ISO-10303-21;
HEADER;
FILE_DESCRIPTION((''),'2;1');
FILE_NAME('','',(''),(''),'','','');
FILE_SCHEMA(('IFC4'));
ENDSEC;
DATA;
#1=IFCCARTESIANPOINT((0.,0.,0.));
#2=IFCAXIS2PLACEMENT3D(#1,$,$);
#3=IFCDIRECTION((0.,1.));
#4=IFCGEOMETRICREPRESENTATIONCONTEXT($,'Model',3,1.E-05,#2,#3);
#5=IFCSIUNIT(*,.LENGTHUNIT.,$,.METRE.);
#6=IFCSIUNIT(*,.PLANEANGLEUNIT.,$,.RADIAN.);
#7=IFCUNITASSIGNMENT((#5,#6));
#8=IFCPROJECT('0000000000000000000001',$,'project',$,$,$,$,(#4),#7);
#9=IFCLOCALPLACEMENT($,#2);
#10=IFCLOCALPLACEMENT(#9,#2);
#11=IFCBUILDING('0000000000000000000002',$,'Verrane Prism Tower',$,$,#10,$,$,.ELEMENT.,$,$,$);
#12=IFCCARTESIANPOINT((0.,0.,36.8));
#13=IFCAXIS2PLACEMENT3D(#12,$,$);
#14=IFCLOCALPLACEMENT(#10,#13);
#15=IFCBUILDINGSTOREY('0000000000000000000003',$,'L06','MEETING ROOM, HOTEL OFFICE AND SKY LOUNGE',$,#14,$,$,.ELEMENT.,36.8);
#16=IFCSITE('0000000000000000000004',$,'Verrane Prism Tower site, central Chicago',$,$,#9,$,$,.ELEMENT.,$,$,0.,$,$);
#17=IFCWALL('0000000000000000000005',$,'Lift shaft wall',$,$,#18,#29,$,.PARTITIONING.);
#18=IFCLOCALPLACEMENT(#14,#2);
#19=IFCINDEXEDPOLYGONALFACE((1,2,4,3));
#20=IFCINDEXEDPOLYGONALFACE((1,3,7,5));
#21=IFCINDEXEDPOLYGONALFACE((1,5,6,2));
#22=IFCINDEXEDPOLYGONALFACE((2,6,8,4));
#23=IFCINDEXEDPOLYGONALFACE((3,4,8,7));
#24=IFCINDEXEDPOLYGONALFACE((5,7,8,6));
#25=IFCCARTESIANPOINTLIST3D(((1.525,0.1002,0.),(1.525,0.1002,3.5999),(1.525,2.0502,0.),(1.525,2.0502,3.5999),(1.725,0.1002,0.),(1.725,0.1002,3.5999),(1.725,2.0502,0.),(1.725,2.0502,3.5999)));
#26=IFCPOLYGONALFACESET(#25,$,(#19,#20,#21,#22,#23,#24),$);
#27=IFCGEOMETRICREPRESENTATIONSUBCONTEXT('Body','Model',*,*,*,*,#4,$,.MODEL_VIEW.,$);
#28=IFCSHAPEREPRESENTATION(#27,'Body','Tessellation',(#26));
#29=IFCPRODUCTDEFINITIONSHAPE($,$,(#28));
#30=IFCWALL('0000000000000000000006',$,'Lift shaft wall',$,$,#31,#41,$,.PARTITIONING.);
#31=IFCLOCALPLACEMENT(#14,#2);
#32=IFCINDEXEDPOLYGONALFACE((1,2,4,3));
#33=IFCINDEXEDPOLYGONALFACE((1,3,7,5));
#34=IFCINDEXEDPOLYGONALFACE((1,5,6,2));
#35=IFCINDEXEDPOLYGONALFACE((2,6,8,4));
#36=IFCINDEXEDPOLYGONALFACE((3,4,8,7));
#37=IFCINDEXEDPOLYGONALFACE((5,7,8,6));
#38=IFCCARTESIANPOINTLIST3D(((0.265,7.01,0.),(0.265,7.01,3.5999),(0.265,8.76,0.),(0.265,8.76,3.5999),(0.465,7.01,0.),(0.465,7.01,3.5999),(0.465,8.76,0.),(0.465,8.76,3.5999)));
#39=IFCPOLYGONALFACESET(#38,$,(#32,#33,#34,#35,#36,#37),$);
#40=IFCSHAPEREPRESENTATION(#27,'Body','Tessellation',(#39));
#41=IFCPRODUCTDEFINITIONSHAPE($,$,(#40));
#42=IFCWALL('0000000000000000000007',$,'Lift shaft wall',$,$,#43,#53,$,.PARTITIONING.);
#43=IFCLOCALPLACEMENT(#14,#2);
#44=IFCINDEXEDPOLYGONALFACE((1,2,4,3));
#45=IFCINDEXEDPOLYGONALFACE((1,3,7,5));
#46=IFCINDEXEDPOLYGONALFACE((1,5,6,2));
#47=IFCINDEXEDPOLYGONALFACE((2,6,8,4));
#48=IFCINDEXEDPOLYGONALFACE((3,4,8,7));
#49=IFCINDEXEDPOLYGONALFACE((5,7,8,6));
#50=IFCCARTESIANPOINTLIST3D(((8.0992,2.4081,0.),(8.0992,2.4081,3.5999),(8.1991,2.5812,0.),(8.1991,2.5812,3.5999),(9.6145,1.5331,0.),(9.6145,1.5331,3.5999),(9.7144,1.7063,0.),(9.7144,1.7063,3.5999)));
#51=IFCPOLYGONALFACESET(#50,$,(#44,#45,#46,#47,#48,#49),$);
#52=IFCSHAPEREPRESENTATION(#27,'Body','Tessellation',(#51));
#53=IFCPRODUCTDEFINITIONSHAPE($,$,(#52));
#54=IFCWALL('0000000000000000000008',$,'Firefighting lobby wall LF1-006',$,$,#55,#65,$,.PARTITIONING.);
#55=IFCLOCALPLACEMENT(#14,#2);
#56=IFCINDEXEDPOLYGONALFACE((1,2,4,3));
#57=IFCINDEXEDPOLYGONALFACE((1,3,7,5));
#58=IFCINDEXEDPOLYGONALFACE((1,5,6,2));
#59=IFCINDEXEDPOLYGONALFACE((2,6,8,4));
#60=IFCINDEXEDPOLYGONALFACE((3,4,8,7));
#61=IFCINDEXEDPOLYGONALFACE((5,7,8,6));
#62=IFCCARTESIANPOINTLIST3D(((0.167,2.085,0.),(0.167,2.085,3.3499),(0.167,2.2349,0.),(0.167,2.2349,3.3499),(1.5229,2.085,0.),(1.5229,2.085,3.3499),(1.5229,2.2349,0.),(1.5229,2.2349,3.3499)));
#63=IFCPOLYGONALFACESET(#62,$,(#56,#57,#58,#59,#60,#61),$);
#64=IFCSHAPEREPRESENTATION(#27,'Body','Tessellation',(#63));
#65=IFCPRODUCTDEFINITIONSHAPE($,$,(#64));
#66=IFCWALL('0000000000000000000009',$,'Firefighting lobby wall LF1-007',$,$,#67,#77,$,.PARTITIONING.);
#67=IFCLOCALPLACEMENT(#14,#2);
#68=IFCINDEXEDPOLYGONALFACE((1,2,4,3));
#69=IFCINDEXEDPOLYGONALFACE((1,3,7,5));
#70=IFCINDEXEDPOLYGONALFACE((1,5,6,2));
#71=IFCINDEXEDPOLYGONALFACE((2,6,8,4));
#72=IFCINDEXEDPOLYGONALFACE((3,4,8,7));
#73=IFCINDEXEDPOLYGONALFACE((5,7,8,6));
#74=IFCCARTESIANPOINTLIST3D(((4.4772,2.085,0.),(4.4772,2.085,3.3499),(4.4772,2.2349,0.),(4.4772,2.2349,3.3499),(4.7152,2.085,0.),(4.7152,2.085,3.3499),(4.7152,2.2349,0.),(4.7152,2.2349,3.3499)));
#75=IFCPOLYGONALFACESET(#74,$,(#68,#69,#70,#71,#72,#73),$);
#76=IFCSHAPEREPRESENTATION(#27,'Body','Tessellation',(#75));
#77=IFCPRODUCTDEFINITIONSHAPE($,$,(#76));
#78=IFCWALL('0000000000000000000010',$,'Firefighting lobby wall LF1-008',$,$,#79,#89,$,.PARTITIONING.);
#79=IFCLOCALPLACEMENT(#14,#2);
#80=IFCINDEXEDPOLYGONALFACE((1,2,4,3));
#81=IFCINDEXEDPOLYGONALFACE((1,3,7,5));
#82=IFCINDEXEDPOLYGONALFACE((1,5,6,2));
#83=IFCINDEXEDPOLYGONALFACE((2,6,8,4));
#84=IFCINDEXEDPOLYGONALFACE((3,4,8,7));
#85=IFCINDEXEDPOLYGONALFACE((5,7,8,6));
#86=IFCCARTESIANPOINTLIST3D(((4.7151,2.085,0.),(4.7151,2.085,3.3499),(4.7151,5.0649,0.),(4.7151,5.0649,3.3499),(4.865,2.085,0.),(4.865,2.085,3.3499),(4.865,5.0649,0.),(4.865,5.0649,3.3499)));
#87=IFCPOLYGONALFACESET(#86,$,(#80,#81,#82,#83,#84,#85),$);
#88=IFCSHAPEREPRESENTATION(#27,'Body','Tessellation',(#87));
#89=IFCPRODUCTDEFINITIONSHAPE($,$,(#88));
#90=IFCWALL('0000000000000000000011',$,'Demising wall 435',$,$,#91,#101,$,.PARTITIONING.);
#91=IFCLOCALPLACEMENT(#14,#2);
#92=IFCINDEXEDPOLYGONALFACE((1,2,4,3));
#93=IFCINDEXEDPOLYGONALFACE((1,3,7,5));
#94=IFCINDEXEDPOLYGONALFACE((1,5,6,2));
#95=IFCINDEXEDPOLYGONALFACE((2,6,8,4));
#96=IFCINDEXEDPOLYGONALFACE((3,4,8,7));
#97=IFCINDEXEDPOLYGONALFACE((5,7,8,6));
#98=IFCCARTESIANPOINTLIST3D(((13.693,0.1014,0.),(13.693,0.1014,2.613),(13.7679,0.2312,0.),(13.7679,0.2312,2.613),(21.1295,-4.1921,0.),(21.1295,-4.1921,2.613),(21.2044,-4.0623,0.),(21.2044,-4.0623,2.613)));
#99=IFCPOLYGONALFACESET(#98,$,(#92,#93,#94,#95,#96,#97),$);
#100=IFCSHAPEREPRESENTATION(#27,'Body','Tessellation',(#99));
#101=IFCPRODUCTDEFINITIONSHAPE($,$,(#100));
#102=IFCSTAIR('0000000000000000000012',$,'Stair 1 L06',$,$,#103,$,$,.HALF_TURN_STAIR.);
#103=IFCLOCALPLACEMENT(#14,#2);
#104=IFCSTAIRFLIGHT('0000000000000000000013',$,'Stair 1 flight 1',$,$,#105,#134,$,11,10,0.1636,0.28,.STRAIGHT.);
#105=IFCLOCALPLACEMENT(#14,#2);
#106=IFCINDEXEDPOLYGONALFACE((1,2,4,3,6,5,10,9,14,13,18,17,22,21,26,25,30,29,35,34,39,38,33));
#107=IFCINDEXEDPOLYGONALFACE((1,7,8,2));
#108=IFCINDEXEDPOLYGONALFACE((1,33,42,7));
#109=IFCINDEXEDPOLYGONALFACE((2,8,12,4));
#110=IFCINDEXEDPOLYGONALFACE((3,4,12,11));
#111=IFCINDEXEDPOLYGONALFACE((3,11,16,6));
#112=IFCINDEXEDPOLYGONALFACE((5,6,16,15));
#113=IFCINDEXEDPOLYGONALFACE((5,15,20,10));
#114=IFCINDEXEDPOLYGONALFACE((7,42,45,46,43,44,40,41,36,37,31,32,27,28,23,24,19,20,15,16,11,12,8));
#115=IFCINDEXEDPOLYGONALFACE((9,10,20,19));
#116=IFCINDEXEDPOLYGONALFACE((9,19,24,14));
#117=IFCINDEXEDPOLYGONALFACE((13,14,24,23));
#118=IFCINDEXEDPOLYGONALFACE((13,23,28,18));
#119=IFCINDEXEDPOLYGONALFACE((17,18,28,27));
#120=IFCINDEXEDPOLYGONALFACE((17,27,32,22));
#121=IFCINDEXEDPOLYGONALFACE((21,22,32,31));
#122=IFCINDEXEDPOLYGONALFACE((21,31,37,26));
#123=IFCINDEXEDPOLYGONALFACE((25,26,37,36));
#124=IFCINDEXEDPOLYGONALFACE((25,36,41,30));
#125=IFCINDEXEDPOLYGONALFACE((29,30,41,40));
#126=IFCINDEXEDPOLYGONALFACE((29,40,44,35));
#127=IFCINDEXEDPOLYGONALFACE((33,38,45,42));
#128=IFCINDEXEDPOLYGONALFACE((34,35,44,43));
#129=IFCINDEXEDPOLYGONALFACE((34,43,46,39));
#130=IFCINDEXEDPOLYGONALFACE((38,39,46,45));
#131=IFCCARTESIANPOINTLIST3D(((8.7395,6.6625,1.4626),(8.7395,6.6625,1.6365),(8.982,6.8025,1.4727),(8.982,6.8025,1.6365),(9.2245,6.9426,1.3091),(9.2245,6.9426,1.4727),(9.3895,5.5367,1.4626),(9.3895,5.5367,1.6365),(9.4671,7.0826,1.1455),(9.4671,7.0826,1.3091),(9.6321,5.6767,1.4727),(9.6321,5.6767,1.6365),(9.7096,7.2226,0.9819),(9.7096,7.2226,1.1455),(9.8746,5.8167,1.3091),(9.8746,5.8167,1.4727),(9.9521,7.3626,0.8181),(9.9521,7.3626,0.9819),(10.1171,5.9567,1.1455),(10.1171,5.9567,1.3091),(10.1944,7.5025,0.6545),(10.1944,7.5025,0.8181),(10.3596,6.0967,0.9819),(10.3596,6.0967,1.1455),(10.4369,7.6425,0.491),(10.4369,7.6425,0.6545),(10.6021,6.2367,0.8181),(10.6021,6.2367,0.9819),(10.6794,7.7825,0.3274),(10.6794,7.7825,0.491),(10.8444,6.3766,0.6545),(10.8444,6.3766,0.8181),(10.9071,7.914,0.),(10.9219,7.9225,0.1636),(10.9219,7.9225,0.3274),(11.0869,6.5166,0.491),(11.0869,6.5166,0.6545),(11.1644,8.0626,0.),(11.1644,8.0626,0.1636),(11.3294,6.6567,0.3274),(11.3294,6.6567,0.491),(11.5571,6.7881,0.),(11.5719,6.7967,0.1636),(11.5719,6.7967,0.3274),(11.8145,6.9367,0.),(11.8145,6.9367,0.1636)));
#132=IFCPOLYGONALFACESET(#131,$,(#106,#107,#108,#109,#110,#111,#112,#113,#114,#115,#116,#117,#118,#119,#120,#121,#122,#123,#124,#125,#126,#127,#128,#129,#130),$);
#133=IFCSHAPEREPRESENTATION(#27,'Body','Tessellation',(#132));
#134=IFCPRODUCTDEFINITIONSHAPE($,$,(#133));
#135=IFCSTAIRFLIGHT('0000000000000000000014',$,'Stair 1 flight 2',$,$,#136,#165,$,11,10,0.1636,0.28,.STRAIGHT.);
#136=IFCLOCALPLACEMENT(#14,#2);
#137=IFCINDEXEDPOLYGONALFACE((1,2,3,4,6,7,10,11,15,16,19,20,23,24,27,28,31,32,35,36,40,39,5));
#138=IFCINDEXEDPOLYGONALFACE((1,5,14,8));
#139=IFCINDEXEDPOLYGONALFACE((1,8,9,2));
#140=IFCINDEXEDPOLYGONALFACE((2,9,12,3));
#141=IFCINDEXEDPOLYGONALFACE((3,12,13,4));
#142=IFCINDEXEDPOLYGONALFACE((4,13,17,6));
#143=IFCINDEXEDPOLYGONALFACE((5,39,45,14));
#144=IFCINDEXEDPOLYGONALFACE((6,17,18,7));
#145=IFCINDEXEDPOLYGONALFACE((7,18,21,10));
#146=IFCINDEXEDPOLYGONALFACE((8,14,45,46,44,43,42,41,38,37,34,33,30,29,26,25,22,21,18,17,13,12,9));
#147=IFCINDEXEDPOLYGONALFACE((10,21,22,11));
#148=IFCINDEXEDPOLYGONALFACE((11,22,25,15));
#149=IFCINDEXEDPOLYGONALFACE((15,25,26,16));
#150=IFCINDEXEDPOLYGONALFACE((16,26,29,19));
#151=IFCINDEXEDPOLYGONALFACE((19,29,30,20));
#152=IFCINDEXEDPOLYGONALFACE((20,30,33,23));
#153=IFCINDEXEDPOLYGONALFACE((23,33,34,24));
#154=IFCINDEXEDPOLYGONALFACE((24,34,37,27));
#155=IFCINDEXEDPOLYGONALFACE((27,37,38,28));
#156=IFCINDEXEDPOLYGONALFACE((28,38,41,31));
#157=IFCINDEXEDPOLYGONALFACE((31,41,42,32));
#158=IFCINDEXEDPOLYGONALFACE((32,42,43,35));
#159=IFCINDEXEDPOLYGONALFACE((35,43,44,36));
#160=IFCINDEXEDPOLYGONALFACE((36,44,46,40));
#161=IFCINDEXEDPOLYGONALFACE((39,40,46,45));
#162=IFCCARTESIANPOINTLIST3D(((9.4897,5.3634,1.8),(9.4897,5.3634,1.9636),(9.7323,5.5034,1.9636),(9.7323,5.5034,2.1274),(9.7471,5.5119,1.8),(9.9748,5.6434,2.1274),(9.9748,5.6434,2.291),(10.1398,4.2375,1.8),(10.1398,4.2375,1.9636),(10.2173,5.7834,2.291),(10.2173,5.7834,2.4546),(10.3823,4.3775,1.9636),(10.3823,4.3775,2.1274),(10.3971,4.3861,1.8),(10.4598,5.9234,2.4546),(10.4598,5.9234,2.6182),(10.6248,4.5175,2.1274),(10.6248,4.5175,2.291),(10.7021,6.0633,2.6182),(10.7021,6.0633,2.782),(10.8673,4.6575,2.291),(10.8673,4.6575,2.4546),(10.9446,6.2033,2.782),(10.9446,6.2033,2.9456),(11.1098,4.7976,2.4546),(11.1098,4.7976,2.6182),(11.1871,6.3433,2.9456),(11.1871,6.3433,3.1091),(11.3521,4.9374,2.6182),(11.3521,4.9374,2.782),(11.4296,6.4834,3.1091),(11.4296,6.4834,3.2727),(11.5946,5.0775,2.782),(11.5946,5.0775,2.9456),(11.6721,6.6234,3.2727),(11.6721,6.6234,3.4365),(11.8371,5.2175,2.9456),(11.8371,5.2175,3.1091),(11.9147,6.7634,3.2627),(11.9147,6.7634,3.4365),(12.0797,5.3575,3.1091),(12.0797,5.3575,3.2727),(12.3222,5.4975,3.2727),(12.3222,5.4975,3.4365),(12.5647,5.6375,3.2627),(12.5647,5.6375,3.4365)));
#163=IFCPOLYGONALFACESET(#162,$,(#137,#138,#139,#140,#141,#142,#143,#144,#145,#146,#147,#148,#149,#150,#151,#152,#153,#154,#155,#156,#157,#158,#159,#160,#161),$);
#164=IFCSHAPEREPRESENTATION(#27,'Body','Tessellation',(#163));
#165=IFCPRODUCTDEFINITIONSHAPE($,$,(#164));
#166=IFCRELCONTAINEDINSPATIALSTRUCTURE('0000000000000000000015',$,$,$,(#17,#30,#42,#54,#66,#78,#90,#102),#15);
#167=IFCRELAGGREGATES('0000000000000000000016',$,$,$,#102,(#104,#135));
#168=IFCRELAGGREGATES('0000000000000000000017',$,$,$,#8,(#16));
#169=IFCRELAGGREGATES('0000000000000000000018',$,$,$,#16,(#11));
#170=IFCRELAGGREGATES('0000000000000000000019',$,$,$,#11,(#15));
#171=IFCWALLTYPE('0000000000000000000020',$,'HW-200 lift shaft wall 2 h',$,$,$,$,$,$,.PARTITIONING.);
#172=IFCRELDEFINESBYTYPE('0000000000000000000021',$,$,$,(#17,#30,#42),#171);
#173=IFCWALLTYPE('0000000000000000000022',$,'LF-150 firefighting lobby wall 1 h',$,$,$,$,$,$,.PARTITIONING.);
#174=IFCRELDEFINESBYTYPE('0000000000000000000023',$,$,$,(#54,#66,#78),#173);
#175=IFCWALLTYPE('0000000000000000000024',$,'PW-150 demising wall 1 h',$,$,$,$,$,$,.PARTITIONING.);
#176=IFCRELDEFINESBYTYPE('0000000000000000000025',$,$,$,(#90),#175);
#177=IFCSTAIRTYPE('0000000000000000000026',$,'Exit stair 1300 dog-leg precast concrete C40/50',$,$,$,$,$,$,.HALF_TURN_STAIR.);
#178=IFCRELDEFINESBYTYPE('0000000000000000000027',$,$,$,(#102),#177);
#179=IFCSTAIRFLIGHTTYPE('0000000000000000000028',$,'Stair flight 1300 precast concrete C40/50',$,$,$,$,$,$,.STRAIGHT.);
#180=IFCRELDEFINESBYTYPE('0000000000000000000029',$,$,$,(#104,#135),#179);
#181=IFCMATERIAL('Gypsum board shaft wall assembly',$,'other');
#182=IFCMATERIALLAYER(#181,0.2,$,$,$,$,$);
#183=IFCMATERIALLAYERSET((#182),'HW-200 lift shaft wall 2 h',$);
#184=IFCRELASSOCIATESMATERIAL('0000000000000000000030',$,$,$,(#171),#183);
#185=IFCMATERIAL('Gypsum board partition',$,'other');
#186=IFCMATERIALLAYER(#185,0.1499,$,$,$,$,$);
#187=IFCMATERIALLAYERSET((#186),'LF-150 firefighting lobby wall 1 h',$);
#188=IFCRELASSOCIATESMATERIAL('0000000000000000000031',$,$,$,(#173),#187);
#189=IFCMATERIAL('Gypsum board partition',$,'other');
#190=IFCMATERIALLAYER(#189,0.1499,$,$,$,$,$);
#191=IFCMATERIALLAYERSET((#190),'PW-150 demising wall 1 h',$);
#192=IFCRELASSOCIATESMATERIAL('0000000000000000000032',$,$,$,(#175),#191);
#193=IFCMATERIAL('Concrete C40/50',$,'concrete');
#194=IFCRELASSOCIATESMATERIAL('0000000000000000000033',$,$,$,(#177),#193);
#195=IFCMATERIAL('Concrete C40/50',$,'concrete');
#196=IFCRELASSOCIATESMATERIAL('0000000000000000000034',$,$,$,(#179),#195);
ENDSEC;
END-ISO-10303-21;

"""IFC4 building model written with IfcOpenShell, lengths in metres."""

from ifc_helpers import new_model, si_unit, direction, frame, frame_2d, origin, place, context, subcontext, project, spatial, polyline, rectangle, outline, extrude, material, layer, layer_set, type_object, element, aggregate, save


model = new_model("IFC4")

# Units and contexts
model_context = context("Model", 3, precision=1e-05, world=origin(), true_north=direction((0.0, 1.0)))
body_context = subcontext(model_context, "Body", "Model", "MODEL_VIEW")
ifc_project = project(units=[si_unit("LENGTHUNIT", "METRE"), si_unit("PLANEANGLEUNIT", "RADIAN")], contexts=[model_context])

# Site, building, storey
site_placement = place(None, origin())
site = spatial("IfcSite", under=ifc_project, at=site_placement, Name="Verrane Prism Tower site, central Chicago", CompositionType="ELEMENT", RefElevation=0.0)
building_placement = place(site_placement, origin())
building = spatial("IfcBuilding", under=site, at=building_placement, Name="Verrane Prism Tower", CompositionType="ELEMENT")
storey_placement = place(building_placement, frame((0.0, 0.0, 36.8)))
storey = spatial("IfcBuildingStorey", under=building, at=storey_placement, Name="L06", Description="MEETING ROOM, HOTEL OFFICE AND SKY LOUNGE", CompositionType="ELEMENT", Elevation=36.8)

# Shared definitions
ifc_material_1 = material(Name="Gypsum board shaft wall assembly", Category="other")
ifc_layer_1 = layer(ifc_material_1, 0.2)
ifc_layer_set_1 = layer_set([ifc_layer_1], Name="HW-200 lift shaft wall 2 h")
wall_type_1 = type_object("IfcWallType", Name="HW-200 lift shaft wall 2 h", PredefinedType="PARTITIONING", material=ifc_layer_set_1)

# Walls
wall_1_placement = place(storey_placement, frame((1.625, 0.1001, 0.0), z_axis=(0.0, 0.0, 1.0), x_axis=(0.0, 1.0, 0.0)))
element("IfcWall", 1, at=wall_1_placement, inside=storey, type_object=wall_type_1, Name="Lift shaft wall", PredefinedType="PARTITIONING", context=body_context, shape_type="SweptSolid", body=[
    extrude(rectangle(XDim=1.95, YDim=0.2, at=frame_2d((0.9751, 0.0))), origin(), (0.0, 0.0, 1.0), 3.5999),
])
wall_2_placement = place(storey_placement, frame((0.365, 7.01, 0.0), z_axis=(0.0, 0.0, 1.0), x_axis=(0.0, 1.0, 0.0)))
element("IfcWall", 2, at=wall_2_placement, inside=storey, type_object=wall_type_1, Name="Lift shaft wall", PredefinedType="PARTITIONING", context=body_context, shape_type="SweptSolid", body=[
    extrude(rectangle(XDim=1.75, YDim=0.2, at=frame_2d((0.875, 0.0))), origin(), (0.0, 0.0, 1.0), 3.5999),
])
wall_3_placement = place(storey_placement, frame((9.6646, 1.6196, 0.0), z_axis=(0.0, 0.0, 1.0), x_axis=(-0.866002, 0.50004, 0.0)))
element("IfcWall", 3, at=wall_3_placement, inside=storey, type_object=wall_type_1, Name="Lift shaft wall", PredefinedType="PARTITIONING", context=body_context, shape_type="SweptSolid", body=[
    extrude(rectangle(XDim=1.7498, YDim=0.2, at=frame_2d((0.875, 0.0))), origin(), (0.0, 0.0, 1.0), 3.5999),
])
ifc_material_2 = material(Name="Gypsum board partition", Category="other")
ifc_layer_2 = layer(ifc_material_2, 0.1499)
ifc_layer_set_2 = layer_set([ifc_layer_2], Name="LF-150 firefighting lobby wall 1 h")
wall_type_2 = type_object("IfcWallType", Name="LF-150 firefighting lobby wall 1 h", PredefinedType="PARTITIONING", material=ifc_layer_set_2)
wall_4_placement = place(storey_placement, frame((0.167, 2.1599, 0.0), z_axis=(0.0, 0.0, 1.0), x_axis=(1.0, 0.0, 0.0)))
element("IfcWall", 4, at=wall_4_placement, inside=storey, type_object=wall_type_2, Name="Firefighting lobby wall LF1-006", PredefinedType="PARTITIONING", context=body_context, shape_type="SweptSolid", body=[
    extrude(rectangle(XDim=1.356, YDim=0.1499, at=frame_2d((0.678, 0.0))), origin(), (0.0, 0.0, 1.0), 3.3499),
])
wall_5_placement = place(storey_placement, frame((4.4771, 2.1599, 0.0), z_axis=(0.0, 0.0, 1.0), x_axis=(1.0, 0.0, 0.0)))
element("IfcWall", 5, at=wall_5_placement, inside=storey, type_object=wall_type_2, Name="Firefighting lobby wall LF1-007", PredefinedType="PARTITIONING", context=body_context, shape_type="SweptSolid", body=[
    extrude(rectangle(XDim=0.238, YDim=0.1499, at=frame_2d((0.1191, 0.0))), origin(), (0.0, 0.0, 1.0), 3.3499),
])
wall_6_placement = place(storey_placement, frame((4.79, 2.085, 0.0), z_axis=(0.0, 0.0, 1.0), x_axis=(0.0, 1.0, 0.0)))
element("IfcWall", 6, at=wall_6_placement, inside=storey, type_object=wall_type_2, Name="Firefighting lobby wall LF1-008", PredefinedType="PARTITIONING", context=body_context, shape_type="SweptSolid", body=[
    extrude(rectangle(XDim=2.98, YDim=0.1499, at=frame_2d((1.49, 0.0))), origin(), (0.0, 0.0, 1.0), 3.3499),
])
ifc_material_3 = material(Name="Gypsum board partition", Category="other")
ifc_layer_3 = layer(ifc_material_3, 0.1499)
ifc_layer_set_3 = layer_set([ifc_layer_3], Name="PW-150 demising wall 1 h")
wall_type_3 = type_object("IfcWallType", Name="PW-150 demising wall 1 h", PredefinedType="PARTITIONING", material=ifc_layer_set_3)
wall_7_placement = place(storey_placement, frame((13.7305, 0.1663, 0.0), z_axis=(0.0, 0.0, 1.0), x_axis=(0.866027, -0.499998, 0.0)))
element("IfcWall", 7, at=wall_7_placement, inside=storey, type_object=wall_type_3, Name="Demising wall 435", PredefinedType="PARTITIONING", context=body_context, shape_type="SweptSolid", body=[
    extrude(rectangle(XDim=8.5869, YDim=0.1499, at=frame_2d((4.2935, 0.0))), origin(), (0.0, 0.0, 1.0), 2.613),
])

# Stair, stair flights
ifc_material_4 = material(Name="Concrete C40/50", Category="concrete")
stair_type = type_object("IfcStairType", Name="Exit stair 1300 dog-leg precast concrete C40/50", PredefinedType="HALF_TURN_STAIR", material=ifc_material_4)
stair_placement = place(storey_placement, origin())
stair = element("IfcStair", 8, at=stair_placement, inside=storey, type_object=stair_type, Name="Stair 1 L06", PredefinedType="HALF_TURN_STAIR")
ifc_material_5 = material(Name="Concrete C40/50", Category="concrete")
stair_flight_type = type_object("IfcStairFlightType", Name="Stair flight 1300 precast concrete C40/50", PredefinedType="STRAIGHT", material=ifc_material_5)
stair_flight_1_placement = place(storey_placement, frame((11.4895, 7.4995, 0.0), z_axis=(0.0, 0.0, 1.0), x_axis=(-0.866025, -0.5, 0.0)))
stair_flight_1 = element("IfcStairFlight", 9, at=stair_flight_1_placement, type_object=stair_flight_type, Name="Stair 1 flight 1", NumberOfRisers=11, NumberOfTreads=10, PredefinedType="STRAIGHT", RiserHeight=0.1636, TreadLength=0.28, context=body_context, shape_type="SweptSolid", body=[
    extrude(outline(polyline([(0.0, 0.0), (0.0, 0.1636), (0.28, 0.1636), (0.28, 0.3274), (0.5601, 0.3274), (0.5601, 0.491), (0.8401, 0.491), (0.8401, 0.6545), (1.1201, 0.6545), (1.1201, 0.8181), (1.3999, 0.8181), (1.3999, 0.9819), (1.6799, 0.9819), (1.6799, 1.1455), (1.96, 1.1455), (1.96, 1.3091), (2.24, 1.3091), (2.24, 1.4727), (2.52, 1.4727), (2.52, 1.6365), (2.8, 1.6365), (2.8, 1.8), (2.8, 1.4626), (0.2971, 0.0), (0.0, 0.0)])), frame((0.0, 0.6499, 0.0), z_axis=(0.0, -1.0, 0.0), x_axis=(1.0, 0.0, 0.0)), (0.0, 0.0, 1.0), 1.3),
])
stair_flight_2_placement = place(storey_placement, frame((9.8147, 4.8005, 1.8), z_axis=(0.0, 0.0, 1.0), x_axis=(0.866025, 0.5, 0.0)))
stair_flight_2 = element("IfcStairFlight", 10, at=stair_flight_2_placement, type_object=stair_flight_type, Name="Stair 1 flight 2", NumberOfRisers=11, NumberOfTreads=10, PredefinedType="STRAIGHT", RiserHeight=0.1636, TreadLength=0.28, context=body_context, shape_type="SweptSolid", body=[
    extrude(outline(polyline([(0.0, 0.0), (0.0, 0.1636), (0.28, 0.1636), (0.28, 0.3274), (0.5601, 0.3274), (0.5601, 0.491), (0.8401, 0.491), (0.8401, 0.6545), (1.1201, 0.6545), (1.1201, 0.8181), (1.3999, 0.8181), (1.3999, 0.9819), (1.6799, 0.9819), (1.6799, 1.1455), (1.96, 1.1455), (1.96, 1.3091), (2.24, 1.3091), (2.24, 1.4727), (2.52, 1.4727), (2.52, 1.6365), (2.8, 1.6365), (2.8, 1.8), (2.8, 1.4626), (0.2971, 0.0), (0.0, 0.0)])), frame((0.0, 0.6499, 0.0), z_axis=(0.0, -1.0, 0.0), x_axis=(1.0, 0.0, 0.0)), (0.0, 0.0, 1.0), 1.3),
])
aggregate(stair, [stair_flight_1, stair_flight_2])

save(model, "model.ifc")
